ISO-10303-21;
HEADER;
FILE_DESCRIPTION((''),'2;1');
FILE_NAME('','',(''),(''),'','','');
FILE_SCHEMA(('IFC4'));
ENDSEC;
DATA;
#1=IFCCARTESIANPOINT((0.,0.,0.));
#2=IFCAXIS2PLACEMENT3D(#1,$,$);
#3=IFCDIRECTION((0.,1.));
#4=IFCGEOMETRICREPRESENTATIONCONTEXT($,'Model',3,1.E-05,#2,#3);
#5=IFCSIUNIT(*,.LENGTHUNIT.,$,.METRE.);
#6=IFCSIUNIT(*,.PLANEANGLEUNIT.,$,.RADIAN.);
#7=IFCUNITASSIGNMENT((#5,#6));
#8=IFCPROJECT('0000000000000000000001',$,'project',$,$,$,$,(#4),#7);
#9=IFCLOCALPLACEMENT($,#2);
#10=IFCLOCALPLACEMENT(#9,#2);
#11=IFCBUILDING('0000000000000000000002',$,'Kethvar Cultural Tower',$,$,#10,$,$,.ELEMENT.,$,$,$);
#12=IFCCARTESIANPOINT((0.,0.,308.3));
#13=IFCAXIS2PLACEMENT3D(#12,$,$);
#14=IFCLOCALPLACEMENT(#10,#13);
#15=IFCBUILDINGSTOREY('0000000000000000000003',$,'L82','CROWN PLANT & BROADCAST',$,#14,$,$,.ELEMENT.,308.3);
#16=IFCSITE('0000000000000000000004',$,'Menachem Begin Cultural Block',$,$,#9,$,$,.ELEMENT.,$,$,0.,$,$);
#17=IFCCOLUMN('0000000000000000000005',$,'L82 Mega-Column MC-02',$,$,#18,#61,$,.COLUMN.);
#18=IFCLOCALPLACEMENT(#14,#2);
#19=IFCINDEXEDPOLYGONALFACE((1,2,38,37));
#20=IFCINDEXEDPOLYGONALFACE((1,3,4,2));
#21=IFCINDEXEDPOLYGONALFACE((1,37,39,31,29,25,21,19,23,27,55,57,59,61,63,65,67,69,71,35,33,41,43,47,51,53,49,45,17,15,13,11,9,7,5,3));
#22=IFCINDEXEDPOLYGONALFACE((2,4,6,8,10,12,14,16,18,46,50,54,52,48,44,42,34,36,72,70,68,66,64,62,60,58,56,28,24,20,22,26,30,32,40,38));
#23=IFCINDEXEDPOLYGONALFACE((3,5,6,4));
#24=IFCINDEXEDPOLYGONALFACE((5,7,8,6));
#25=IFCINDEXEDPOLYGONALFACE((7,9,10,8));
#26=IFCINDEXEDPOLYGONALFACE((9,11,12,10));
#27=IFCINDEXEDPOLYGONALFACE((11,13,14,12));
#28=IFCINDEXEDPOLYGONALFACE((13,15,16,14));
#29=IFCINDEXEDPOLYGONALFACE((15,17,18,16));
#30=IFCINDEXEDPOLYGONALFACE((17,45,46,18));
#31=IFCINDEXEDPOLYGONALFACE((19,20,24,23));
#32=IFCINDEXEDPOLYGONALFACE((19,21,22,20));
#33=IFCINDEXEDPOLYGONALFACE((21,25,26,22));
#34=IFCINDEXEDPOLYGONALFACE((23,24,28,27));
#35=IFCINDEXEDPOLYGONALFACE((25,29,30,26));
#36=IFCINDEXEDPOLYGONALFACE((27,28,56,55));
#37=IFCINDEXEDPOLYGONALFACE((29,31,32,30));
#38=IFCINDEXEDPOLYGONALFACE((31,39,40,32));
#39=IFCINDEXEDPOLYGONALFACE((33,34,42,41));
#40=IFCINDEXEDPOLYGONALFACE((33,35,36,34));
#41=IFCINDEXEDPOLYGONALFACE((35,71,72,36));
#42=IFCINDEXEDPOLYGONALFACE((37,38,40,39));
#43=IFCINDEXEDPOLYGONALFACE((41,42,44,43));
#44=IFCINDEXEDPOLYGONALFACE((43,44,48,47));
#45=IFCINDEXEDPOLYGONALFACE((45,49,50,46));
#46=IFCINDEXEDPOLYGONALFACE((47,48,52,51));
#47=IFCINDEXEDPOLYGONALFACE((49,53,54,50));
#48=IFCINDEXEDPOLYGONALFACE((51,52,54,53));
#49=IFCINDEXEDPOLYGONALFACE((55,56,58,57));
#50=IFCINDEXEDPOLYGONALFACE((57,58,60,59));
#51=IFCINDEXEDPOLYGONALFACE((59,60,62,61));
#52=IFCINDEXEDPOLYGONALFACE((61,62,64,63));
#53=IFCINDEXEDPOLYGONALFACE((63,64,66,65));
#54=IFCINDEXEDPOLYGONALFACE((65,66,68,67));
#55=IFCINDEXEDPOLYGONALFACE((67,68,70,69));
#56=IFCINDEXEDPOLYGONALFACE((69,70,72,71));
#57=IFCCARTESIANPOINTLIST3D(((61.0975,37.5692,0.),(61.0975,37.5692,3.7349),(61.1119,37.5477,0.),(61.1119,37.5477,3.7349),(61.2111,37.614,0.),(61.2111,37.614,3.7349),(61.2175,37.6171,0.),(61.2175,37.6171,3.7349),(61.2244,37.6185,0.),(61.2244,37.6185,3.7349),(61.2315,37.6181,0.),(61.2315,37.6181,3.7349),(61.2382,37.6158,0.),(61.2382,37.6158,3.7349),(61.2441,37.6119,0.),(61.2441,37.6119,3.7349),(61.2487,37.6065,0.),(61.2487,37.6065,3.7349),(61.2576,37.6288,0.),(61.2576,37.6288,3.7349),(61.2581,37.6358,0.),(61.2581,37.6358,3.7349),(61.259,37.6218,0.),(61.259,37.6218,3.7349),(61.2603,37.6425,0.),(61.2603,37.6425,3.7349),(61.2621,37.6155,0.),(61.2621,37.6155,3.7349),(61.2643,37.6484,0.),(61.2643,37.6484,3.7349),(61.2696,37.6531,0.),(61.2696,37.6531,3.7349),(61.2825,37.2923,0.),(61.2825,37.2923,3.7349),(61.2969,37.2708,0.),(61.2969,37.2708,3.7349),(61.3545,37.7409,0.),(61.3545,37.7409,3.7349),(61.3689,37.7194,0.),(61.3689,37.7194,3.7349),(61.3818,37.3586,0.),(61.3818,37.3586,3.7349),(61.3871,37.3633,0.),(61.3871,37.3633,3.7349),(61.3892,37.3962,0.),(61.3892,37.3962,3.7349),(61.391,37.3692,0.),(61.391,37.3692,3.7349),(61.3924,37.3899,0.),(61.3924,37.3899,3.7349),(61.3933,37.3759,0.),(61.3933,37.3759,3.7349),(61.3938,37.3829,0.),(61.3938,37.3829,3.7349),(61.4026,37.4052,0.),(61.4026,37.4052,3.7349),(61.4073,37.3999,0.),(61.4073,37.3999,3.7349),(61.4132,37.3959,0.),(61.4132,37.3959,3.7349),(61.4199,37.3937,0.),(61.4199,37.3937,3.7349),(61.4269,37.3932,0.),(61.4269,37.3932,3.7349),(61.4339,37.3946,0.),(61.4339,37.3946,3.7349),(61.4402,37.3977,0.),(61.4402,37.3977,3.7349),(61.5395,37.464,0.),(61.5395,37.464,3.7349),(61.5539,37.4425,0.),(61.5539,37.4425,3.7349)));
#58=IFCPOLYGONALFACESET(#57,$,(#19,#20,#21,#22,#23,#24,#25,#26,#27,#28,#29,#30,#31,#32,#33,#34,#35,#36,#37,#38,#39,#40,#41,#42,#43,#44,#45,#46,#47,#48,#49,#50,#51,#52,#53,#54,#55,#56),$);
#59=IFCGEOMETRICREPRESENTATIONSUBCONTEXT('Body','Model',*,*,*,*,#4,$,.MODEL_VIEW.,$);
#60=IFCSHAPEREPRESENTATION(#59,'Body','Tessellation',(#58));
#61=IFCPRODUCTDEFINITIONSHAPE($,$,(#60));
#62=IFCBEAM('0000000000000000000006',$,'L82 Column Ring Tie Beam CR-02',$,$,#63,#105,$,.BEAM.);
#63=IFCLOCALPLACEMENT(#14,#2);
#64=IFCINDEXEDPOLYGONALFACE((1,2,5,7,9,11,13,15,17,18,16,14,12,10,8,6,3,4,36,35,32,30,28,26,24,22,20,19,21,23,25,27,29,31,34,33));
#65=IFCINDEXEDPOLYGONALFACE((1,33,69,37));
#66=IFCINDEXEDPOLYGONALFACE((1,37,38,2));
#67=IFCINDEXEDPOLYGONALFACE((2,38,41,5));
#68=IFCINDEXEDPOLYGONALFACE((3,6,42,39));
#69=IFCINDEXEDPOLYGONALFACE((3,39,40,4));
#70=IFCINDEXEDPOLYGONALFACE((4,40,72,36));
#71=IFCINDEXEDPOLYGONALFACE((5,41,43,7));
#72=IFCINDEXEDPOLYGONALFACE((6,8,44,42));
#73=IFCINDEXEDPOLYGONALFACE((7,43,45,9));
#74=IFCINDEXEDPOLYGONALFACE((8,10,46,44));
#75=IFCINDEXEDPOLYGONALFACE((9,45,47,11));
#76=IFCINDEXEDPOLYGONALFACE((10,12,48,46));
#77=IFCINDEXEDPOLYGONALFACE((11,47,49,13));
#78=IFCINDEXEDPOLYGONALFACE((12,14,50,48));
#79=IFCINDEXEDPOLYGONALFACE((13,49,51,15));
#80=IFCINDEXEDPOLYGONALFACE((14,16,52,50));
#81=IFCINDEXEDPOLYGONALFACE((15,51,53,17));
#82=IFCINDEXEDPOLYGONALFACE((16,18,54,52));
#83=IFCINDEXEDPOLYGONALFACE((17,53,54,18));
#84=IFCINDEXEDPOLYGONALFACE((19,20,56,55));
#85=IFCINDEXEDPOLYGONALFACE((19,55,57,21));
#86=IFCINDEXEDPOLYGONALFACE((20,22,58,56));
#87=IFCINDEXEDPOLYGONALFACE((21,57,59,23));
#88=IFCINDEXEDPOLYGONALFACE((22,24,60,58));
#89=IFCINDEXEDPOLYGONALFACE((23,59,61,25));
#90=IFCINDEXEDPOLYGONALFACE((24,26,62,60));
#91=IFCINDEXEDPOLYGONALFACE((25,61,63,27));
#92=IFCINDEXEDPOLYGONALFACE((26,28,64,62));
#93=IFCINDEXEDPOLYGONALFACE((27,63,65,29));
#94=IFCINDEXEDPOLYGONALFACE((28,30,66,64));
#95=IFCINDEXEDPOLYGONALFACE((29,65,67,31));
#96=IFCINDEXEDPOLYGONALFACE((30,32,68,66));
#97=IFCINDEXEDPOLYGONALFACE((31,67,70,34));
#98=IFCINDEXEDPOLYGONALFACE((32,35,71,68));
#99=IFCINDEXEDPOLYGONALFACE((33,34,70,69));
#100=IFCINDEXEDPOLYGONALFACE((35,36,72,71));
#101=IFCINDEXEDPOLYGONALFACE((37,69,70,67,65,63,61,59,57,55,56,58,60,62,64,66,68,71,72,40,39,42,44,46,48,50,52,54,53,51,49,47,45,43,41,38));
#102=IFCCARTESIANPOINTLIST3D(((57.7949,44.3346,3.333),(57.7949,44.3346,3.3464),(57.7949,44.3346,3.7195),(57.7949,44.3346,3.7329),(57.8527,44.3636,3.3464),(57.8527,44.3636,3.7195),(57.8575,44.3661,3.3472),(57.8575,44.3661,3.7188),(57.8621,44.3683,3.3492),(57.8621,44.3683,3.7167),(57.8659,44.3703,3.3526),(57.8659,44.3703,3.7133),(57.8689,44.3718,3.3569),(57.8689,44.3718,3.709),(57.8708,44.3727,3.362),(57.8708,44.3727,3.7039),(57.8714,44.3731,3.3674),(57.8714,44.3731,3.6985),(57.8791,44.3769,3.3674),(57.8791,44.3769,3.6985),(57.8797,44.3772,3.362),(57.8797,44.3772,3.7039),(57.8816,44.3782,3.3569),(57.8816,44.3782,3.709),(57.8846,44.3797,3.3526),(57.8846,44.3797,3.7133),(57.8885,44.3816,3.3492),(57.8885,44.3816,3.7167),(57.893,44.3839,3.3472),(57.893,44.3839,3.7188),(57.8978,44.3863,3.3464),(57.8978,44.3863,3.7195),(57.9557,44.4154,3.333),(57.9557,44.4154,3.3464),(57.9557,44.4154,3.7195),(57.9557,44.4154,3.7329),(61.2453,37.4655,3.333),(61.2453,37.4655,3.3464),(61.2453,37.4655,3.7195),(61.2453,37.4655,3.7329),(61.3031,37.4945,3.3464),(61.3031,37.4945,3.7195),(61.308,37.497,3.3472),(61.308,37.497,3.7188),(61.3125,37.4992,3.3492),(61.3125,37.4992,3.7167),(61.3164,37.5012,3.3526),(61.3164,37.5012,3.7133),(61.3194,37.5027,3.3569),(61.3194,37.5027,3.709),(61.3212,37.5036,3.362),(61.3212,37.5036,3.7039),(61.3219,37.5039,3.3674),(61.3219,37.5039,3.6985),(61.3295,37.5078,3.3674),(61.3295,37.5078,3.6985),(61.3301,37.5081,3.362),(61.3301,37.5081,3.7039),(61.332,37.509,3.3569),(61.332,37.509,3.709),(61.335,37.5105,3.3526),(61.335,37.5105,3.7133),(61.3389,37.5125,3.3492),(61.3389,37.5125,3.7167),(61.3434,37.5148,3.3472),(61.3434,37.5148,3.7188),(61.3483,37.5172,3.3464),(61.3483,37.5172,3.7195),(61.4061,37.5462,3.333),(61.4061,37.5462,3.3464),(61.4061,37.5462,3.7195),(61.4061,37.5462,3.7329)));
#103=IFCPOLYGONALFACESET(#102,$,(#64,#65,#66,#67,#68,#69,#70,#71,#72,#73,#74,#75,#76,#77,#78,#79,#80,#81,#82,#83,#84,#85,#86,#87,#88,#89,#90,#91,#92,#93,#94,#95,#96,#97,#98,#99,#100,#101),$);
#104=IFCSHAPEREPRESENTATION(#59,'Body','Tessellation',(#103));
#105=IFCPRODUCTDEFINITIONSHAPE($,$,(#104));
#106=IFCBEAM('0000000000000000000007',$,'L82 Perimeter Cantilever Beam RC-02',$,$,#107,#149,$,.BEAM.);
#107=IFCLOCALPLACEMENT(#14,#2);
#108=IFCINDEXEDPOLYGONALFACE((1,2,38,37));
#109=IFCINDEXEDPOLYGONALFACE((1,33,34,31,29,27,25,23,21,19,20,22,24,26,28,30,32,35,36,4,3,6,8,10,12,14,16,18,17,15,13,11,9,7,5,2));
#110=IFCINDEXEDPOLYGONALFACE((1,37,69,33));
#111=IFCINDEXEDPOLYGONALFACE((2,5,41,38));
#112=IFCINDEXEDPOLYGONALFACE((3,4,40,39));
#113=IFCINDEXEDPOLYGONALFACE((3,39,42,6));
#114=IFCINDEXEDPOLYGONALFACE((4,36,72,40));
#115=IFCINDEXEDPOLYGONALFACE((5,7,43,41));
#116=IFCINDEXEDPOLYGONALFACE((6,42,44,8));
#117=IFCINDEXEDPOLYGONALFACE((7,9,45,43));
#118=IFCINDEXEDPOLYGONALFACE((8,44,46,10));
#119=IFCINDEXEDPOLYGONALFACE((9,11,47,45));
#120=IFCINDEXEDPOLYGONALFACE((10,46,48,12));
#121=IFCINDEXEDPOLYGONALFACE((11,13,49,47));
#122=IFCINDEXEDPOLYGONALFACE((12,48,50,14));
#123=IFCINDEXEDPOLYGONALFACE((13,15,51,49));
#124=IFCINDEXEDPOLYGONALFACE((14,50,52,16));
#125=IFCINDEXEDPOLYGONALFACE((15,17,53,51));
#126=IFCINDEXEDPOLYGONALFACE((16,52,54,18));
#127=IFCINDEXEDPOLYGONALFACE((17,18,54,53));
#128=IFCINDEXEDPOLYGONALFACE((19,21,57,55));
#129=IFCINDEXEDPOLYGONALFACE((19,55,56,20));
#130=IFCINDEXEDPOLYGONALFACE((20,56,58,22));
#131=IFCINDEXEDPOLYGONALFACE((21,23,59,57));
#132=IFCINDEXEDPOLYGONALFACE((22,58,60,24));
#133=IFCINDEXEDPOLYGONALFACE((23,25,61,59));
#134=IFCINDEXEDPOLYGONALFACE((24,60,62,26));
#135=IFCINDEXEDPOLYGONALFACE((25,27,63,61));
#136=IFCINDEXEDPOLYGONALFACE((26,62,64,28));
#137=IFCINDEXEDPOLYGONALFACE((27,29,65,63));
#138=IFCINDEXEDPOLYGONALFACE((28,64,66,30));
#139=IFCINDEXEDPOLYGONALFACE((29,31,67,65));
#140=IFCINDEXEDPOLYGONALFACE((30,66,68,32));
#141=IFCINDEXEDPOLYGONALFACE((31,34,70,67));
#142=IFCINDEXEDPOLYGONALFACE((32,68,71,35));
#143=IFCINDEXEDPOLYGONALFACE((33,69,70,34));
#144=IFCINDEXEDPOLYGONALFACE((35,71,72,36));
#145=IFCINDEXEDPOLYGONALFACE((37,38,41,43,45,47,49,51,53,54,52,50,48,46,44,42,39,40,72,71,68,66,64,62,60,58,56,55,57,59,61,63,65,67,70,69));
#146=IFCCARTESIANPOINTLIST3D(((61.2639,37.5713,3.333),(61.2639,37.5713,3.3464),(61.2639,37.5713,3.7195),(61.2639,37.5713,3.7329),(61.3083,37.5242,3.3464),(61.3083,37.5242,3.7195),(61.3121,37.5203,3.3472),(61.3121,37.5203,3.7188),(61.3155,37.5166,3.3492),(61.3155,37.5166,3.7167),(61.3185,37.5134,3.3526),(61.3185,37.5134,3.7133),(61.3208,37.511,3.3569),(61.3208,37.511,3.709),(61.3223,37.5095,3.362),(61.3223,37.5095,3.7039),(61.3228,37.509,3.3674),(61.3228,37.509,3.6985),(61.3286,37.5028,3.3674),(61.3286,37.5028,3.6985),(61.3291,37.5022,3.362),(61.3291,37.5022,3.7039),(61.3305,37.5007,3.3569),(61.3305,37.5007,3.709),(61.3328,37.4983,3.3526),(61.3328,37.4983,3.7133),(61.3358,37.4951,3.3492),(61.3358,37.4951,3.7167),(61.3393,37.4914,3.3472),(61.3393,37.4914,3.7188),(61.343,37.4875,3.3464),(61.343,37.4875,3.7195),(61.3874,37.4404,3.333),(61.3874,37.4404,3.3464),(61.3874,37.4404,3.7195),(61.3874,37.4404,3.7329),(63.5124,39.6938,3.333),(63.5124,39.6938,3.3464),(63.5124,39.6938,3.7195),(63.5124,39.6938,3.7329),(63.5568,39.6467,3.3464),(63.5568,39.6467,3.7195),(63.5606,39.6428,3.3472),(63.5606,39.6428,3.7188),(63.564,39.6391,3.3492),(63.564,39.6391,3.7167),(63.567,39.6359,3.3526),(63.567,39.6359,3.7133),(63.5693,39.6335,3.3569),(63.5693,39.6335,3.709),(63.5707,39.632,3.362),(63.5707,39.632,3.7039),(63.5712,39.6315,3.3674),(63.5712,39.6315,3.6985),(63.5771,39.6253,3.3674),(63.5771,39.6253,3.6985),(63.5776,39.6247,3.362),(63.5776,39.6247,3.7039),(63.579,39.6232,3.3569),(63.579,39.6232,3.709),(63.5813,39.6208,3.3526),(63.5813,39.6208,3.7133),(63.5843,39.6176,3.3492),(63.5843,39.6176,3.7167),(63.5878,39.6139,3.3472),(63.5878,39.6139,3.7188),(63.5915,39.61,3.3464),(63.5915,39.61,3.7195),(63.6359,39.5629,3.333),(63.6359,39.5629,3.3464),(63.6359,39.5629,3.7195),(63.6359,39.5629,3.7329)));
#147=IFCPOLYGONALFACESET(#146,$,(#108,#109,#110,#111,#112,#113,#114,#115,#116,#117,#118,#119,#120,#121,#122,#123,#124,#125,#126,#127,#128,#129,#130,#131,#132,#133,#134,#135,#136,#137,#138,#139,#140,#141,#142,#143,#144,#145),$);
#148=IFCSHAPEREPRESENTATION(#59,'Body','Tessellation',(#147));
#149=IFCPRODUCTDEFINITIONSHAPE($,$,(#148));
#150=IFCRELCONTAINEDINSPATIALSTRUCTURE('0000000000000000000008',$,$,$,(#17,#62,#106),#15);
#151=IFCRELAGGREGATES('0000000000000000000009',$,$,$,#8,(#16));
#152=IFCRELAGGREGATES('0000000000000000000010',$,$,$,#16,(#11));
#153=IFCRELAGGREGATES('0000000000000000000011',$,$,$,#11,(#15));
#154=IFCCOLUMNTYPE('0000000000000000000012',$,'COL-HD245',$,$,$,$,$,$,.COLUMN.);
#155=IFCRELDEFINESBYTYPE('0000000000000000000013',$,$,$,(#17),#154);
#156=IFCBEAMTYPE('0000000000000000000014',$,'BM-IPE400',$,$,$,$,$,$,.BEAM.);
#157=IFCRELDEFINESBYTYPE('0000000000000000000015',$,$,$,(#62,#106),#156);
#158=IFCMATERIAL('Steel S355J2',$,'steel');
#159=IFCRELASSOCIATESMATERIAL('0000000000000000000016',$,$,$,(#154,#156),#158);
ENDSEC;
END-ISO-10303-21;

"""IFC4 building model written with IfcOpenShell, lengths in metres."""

from ifc_helpers import new_model, si_unit, direction, frame, origin, origin_2d, place, context, subcontext, project, spatial, i_section, extrude, source, transform, mapped, material, material_profile, profile_set, type_object, element, save


model = new_model("IFC4")

# Units and contexts
model_context = context("Model", 3, precision=1e-05, world=origin(), true_north=direction((0.0, 1.0)))
body_context = subcontext(model_context, "Body", "Model", "MODEL_VIEW")
ifc_project = project(units=[si_unit("LENGTHUNIT", "METRE"), si_unit("PLANEANGLEUNIT", "RADIAN")], contexts=[model_context])

# Site, building, storey
site_placement = place(None, origin())
site = spatial("IfcSite", under=ifc_project, at=site_placement, Name="Menachem Begin Cultural Block", CompositionType="ELEMENT", RefElevation=0.0)
building_placement = place(site_placement, origin())
building = spatial("IfcBuilding", under=site, at=building_placement, Name="Kethvar Cultural Tower", CompositionType="ELEMENT")
storey_placement = place(building_placement, frame((0.0, 0.0, 308.3)))
storey = spatial("IfcBuildingStorey", under=building, at=storey_placement, Name="L82", Description="CROWN PLANT & BROADCAST", CompositionType="ELEMENT", Elevation=308.3)

# Column
ifc_material_1 = material(Name="Steel S355J2", Category="steel")
ifc_material_profile_1 = material_profile(ifc_material_1, i_section(OverallWidth=0.3091, OverallDepth=0.3589, WebThickness=0.0161, FlangeThickness=0.0259, FilletRadius=0.0271, at=origin_2d()), Name="Steel S355J2 — HD320x245")
ifc_profile_set_1 = profile_set([ifc_material_profile_1], Name="Steel S355J2 — HD320x245")
column_type = type_object("IfcColumnType", Name="COL-HD245", PredefinedType="COLUMN", material=ifc_profile_set_1)
shared_shape_1 = source(origin(), body_context, "Body", "SweptSolid", [
    extrude(i_section(OverallWidth=0.3091, OverallDepth=0.3589, WebThickness=0.0161, FlangeThickness=0.0259, FilletRadius=0.0271, at=origin_2d()), origin(), (0.0, 0.0, 1.0), 3.7349),
])
column_placement = place(storey_placement, frame((61.3257, 37.5059, 0.0), z_axis=(0.0, 0.0, 1.0), x_axis=(0.83147, 0.55557, 0.0)))
element("IfcColumn", 1, at=column_placement, inside=storey, type_object=column_type, Name="L82 Mega-Column MC-02", PredefinedType="COLUMN", context=body_context, shape_type="MappedRepresentation", body=[
    mapped(shared_shape_1, transform((0.0, 0.0, 0.0), scale=1.0)),
])

# Beams
ifc_material_profile_2 = material_profile(ifc_material_1, i_section(OverallWidth=0.1799, OverallDepth=0.3999, WebThickness=0.0085, FlangeThickness=0.0134, FilletRadius=0.021, at=origin_2d()), Name="Steel S355J2 — IPE400")
ifc_profile_set_2 = profile_set([ifc_material_profile_2], Name="Steel S355J2 — IPE400")
beam_type_1 = type_object("IfcBeamType", Name="BM-IPE400", PredefinedType="BEAM", material=ifc_profile_set_2)
shared_shape_2 = source(origin(), body_context, "Body", "SweptSolid", [
    extrude(i_section(OverallWidth=0.1799, OverallDepth=0.3999, WebThickness=0.0085, FlangeThickness=0.0134, FilletRadius=0.021, at=origin_2d()), origin(), (0.0, 0.0, 1.0), 7.687),
])
beam_1_placement = place(storey_placement, frame((61.3257, 37.5059, 3.533), z_axis=(-0.448864, 0.8936, 0.0), x_axis=(-0.8936, -0.448864, 0.0)))
element("IfcBeam", 2, at=beam_1_placement, inside=storey, type_object=beam_type_1, Name="L82 Column Ring Tie Beam CR-02", PredefinedType="BEAM", context=body_context, shape_type="MappedRepresentation", body=[
    mapped(shared_shape_2, transform((0.0, 0.0, 0.0), scale=1.0)),
])
shared_shape_3 = source(origin(), body_context, "Body", "SweptSolid", [
    extrude(i_section(OverallWidth=0.1799, OverallDepth=0.3999, WebThickness=0.0085, FlangeThickness=0.0134, FilletRadius=0.021, at=origin_2d()), origin(), (0.0, 0.0, 1.0), 3.092),
])
beam_2_placement = place(storey_placement, frame((61.3257, 37.5059, 3.533), z_axis=(0.727184, 0.686443, 0.0), x_axis=(-0.686443, 0.727184, 0.0)))
element("IfcBeam", 3, at=beam_2_placement, inside=storey, type_object=beam_type_1, Name="L82 Perimeter Cantilever Beam RC-02", PredefinedType="BEAM", context=body_context, shape_type="MappedRepresentation", body=[
    mapped(shared_shape_3, transform((0.0, 0.0, 0.0), scale=1.0)),
])

save(model, "model.ifc")
